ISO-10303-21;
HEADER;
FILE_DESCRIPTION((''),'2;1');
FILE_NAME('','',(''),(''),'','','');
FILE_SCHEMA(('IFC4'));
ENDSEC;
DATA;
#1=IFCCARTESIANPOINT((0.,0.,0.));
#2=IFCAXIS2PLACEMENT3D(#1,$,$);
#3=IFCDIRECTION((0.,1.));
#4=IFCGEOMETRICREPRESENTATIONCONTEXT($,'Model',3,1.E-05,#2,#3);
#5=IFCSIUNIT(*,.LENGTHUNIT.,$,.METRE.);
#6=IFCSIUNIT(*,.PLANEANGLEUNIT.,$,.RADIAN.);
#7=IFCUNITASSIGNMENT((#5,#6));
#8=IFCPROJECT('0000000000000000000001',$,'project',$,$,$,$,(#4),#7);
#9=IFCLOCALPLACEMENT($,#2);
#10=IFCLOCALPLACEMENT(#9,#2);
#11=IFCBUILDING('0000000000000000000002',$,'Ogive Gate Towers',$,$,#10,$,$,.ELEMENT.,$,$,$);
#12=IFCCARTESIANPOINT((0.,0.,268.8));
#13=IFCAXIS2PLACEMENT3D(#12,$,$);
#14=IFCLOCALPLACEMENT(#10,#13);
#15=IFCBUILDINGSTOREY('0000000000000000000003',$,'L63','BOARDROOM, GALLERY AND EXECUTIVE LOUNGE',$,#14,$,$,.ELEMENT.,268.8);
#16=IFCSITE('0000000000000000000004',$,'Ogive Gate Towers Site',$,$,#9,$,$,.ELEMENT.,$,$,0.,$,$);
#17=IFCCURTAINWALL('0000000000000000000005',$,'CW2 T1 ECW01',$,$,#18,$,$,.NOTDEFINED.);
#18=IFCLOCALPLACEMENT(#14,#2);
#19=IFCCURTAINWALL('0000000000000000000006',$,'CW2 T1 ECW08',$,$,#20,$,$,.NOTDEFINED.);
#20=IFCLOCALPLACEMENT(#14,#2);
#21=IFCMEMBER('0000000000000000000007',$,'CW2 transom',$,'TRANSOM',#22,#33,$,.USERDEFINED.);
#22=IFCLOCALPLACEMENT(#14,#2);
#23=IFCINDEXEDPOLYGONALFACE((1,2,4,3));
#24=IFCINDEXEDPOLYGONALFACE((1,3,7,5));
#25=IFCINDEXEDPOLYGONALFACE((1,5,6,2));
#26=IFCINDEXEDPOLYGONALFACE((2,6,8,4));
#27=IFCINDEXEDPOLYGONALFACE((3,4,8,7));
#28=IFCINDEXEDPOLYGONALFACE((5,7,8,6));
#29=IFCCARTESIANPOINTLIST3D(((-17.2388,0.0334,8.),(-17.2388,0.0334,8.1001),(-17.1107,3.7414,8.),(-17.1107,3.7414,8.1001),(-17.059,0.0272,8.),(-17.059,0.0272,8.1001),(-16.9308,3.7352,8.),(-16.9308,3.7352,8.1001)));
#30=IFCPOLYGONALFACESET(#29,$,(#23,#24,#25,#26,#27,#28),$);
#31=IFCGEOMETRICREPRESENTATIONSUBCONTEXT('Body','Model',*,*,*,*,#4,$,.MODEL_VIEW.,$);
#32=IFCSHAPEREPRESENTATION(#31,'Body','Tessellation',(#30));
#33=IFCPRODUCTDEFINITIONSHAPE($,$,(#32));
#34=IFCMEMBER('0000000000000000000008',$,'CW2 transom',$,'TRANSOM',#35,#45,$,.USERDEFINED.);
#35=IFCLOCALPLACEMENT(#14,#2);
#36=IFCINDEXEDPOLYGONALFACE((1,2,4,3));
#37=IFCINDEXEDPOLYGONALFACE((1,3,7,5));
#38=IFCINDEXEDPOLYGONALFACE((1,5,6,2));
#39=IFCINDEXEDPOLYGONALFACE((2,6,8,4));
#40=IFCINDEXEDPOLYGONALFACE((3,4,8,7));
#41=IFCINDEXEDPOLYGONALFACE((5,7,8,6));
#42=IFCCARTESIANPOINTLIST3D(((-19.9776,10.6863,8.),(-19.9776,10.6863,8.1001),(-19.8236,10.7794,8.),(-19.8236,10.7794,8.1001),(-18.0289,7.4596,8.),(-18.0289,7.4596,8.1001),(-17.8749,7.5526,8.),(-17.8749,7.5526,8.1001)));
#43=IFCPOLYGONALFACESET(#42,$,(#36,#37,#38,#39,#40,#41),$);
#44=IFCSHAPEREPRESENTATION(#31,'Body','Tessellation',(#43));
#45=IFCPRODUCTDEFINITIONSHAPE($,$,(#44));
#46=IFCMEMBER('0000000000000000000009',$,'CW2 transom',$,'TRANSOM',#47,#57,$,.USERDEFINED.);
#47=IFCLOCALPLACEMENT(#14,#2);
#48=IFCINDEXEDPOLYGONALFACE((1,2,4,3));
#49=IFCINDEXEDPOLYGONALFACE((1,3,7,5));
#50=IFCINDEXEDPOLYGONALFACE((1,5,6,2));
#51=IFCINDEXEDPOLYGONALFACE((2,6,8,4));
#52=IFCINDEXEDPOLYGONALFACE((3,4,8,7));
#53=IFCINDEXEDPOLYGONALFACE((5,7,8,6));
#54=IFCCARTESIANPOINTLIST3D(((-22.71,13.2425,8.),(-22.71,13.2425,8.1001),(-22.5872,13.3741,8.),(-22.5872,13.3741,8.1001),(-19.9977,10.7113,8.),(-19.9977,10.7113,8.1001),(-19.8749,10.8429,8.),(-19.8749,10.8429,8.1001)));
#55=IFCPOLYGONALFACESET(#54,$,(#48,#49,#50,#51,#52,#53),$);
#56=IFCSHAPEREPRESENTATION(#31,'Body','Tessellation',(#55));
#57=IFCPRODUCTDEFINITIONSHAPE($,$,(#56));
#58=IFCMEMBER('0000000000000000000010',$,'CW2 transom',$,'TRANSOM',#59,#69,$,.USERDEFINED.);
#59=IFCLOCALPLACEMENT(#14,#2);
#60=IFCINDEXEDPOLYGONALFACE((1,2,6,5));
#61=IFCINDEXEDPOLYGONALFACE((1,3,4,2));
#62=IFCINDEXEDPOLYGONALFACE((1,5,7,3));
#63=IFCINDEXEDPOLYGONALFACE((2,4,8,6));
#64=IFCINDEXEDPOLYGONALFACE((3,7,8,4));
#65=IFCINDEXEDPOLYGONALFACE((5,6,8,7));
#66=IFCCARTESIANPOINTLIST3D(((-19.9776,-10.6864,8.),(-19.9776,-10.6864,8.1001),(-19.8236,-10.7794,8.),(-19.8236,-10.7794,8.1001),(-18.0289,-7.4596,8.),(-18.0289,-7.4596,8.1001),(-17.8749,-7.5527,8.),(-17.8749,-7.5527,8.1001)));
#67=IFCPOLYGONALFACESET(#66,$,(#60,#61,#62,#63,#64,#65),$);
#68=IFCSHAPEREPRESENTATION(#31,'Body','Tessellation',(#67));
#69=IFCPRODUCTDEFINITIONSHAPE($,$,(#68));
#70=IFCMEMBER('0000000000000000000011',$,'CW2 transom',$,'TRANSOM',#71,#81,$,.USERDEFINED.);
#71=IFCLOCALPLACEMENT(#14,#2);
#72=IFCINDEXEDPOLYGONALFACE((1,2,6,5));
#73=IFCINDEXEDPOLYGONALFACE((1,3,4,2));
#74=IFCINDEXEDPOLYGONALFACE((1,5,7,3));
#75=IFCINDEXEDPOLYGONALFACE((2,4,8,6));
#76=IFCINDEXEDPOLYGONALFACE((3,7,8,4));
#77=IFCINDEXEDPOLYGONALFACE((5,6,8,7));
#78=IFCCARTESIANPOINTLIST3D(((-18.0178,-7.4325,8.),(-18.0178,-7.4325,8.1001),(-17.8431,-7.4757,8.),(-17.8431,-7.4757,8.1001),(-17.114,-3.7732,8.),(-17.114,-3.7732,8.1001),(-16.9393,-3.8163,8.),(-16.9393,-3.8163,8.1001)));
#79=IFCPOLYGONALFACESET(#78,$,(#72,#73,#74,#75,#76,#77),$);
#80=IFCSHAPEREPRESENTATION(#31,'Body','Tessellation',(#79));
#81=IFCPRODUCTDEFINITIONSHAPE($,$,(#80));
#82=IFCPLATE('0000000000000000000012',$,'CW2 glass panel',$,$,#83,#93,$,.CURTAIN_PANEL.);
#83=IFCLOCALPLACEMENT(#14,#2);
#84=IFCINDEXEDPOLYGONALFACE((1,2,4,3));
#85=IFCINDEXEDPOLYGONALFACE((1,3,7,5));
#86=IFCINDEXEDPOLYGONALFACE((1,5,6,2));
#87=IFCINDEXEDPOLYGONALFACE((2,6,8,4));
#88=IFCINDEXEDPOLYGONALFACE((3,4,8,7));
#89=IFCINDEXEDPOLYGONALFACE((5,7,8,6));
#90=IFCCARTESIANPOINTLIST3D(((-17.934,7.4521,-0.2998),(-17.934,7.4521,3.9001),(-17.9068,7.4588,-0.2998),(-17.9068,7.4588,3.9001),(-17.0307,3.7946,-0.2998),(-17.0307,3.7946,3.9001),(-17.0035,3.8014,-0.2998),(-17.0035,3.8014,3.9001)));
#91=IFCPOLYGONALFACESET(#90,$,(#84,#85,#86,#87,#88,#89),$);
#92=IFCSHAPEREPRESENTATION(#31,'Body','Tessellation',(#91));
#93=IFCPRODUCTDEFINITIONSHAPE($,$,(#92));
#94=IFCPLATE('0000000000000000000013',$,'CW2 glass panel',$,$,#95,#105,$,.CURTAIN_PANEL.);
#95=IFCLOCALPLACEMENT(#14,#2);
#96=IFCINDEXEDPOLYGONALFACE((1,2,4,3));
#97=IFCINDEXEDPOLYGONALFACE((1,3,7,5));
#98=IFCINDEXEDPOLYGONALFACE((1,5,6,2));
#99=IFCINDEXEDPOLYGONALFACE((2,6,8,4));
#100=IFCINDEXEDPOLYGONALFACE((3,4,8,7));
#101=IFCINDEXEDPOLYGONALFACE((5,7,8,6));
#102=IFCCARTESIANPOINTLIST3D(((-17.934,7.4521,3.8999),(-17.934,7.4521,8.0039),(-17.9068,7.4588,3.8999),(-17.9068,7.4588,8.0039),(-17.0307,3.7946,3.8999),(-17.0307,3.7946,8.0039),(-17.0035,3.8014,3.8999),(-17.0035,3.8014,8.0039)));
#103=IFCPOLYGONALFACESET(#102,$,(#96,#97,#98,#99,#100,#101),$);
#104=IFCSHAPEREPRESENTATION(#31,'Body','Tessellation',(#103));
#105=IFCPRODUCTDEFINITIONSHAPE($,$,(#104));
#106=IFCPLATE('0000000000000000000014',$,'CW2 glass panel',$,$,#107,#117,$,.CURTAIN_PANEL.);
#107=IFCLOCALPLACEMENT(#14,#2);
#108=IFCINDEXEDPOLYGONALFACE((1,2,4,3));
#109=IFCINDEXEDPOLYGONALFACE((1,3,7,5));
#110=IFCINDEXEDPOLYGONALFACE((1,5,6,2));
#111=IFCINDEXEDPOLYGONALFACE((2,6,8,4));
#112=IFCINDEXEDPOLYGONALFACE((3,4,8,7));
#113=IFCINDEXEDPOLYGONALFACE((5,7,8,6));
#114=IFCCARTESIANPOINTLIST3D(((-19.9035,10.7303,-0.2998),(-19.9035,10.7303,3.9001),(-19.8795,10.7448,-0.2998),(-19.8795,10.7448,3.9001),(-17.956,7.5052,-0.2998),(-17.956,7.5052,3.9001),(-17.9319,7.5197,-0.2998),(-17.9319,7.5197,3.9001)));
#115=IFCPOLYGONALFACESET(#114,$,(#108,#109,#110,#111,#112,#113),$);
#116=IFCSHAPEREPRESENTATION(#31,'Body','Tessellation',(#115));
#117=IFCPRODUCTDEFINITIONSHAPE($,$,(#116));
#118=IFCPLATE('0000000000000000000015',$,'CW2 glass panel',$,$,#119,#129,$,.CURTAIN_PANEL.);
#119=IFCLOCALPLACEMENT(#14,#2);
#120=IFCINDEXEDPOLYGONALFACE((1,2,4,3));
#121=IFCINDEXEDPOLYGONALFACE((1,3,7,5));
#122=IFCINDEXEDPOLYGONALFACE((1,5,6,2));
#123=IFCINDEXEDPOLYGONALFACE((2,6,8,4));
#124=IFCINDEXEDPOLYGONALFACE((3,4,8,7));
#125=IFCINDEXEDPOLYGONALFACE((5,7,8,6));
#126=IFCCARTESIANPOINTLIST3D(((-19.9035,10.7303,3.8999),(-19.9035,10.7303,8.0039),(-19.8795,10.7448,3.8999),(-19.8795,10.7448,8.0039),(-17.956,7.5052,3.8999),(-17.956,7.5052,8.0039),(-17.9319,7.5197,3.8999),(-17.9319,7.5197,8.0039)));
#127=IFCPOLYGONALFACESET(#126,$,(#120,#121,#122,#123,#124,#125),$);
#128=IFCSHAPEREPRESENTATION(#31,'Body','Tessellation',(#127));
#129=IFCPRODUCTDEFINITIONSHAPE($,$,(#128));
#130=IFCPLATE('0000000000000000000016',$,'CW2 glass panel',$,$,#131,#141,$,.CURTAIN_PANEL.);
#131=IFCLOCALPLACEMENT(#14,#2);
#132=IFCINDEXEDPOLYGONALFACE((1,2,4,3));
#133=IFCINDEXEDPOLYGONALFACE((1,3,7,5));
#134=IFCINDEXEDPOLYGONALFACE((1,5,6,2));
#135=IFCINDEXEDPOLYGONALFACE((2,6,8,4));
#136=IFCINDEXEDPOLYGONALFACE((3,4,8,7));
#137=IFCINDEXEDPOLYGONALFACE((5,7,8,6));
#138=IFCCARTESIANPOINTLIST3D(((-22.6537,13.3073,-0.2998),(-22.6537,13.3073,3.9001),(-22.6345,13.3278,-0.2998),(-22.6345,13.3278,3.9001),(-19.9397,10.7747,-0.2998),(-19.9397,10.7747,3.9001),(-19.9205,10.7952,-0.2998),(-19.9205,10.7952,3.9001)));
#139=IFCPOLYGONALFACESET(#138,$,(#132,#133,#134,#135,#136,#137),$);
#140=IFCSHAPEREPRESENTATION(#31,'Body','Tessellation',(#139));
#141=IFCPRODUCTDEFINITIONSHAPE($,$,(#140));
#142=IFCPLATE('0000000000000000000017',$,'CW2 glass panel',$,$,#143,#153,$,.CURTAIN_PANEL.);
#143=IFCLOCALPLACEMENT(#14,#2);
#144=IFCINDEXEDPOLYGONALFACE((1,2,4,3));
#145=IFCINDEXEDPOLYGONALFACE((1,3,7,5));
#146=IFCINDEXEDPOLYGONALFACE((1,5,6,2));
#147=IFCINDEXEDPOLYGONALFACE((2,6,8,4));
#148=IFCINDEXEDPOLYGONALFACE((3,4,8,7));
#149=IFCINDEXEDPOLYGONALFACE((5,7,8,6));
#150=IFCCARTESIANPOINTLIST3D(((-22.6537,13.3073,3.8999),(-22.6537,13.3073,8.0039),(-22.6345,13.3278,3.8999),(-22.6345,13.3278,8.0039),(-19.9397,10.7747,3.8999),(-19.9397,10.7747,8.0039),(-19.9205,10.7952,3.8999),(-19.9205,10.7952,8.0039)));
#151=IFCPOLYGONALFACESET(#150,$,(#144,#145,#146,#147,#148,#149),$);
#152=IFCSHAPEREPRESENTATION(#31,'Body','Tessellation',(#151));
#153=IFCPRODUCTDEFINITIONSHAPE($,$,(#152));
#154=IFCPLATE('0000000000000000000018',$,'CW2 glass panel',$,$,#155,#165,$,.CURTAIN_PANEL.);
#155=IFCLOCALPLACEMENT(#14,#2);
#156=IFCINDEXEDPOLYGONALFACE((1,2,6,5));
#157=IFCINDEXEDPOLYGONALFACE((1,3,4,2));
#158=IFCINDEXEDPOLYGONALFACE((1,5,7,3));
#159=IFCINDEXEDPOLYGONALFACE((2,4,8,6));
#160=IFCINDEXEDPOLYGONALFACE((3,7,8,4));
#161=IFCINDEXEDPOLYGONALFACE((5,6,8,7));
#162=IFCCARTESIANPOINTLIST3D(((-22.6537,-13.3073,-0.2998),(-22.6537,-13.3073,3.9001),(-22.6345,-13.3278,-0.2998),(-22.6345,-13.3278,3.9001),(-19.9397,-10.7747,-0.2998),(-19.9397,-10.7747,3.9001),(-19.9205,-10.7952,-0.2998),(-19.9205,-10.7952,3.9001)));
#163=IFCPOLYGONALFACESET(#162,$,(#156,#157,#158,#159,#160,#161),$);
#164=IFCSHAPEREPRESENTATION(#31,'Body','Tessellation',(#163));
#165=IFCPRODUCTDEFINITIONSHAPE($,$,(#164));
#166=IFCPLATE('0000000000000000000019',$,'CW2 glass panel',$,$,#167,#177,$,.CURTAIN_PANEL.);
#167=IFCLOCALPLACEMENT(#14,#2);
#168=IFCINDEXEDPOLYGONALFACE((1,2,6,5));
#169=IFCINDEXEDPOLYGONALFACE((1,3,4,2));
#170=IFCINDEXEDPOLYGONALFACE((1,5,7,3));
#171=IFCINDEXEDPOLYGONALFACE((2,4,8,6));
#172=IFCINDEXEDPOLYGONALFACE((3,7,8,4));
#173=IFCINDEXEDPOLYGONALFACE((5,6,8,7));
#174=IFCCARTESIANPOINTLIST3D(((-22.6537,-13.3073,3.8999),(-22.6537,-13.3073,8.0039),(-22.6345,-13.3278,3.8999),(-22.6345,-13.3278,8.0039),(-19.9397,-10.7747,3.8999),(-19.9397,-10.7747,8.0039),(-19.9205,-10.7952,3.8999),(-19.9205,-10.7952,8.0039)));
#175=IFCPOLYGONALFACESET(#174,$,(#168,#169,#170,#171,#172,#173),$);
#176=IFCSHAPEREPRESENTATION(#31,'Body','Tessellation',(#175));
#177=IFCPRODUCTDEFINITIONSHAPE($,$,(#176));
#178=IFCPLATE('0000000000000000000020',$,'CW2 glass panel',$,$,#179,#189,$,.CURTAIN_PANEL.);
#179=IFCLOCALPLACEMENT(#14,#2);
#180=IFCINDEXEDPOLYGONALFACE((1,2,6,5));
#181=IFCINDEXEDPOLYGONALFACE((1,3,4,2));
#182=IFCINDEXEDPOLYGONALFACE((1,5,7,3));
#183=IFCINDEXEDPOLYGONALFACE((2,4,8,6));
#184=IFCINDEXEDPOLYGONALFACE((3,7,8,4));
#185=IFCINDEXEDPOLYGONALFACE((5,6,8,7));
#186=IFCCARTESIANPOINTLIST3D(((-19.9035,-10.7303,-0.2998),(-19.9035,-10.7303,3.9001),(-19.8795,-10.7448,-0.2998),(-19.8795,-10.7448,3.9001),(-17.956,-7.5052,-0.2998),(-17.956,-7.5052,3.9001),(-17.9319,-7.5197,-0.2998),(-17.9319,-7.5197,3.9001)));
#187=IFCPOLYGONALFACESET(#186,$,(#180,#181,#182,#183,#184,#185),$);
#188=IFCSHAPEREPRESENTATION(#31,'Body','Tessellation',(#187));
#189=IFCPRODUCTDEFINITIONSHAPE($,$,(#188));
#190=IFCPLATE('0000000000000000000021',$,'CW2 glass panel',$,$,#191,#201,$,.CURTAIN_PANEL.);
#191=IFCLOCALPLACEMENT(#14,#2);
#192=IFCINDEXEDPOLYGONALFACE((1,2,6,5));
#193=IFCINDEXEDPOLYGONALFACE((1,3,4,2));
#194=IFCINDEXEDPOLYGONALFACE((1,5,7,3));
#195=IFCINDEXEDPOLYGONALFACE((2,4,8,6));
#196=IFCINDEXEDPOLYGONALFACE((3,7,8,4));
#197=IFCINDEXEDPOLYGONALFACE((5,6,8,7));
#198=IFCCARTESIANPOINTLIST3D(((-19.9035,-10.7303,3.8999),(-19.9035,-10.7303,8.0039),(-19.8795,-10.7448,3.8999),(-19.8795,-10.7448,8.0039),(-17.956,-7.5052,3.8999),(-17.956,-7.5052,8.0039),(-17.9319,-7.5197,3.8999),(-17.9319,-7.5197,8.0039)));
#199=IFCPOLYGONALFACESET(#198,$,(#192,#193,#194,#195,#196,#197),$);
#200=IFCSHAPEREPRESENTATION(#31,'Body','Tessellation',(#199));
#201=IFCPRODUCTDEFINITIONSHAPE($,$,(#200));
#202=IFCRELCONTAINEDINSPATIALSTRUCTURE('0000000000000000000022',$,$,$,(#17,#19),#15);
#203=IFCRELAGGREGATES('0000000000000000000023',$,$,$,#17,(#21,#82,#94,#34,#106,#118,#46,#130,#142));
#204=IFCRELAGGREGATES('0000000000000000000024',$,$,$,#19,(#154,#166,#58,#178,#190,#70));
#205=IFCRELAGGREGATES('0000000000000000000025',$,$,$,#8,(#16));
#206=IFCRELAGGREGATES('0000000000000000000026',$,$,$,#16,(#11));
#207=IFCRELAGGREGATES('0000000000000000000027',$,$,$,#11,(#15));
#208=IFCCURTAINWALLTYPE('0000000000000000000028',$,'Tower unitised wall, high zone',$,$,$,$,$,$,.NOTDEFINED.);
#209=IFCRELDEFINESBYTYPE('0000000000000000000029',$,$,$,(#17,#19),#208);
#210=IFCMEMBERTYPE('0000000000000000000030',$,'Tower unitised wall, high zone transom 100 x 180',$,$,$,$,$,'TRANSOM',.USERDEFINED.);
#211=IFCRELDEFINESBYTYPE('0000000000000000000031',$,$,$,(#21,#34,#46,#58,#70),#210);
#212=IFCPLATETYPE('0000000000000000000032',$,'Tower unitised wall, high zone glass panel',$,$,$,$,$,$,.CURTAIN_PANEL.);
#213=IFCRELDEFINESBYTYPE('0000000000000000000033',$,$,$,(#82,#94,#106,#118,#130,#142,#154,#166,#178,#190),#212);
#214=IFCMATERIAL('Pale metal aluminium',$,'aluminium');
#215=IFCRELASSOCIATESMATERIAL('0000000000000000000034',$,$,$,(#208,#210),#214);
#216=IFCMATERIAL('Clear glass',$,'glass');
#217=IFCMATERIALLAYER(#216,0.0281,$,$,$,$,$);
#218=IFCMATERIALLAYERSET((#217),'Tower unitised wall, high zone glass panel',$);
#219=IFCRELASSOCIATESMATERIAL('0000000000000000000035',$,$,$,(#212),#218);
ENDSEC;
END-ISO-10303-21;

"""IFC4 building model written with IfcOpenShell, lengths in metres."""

from ifc_helpers import new_model, si_unit, direction, frame, origin, origin_2d, place, context, subcontext, project, spatial, rectangle, extrude, material, layer, layer_set, material_profile, profile_set, type_object, element, aggregate, save


model = new_model("IFC4")

# Units and contexts
model_context = context("Model", 3, precision=1e-05, world=origin(), true_north=direction((0.0, 1.0)))
body_context = subcontext(model_context, "Body", "Model", "MODEL_VIEW")
ifc_project = project(units=[si_unit("LENGTHUNIT", "METRE"), si_unit("PLANEANGLEUNIT", "RADIAN")], contexts=[model_context])

# Site, building, storey
site_placement = place(None, origin())
site = spatial("IfcSite", under=ifc_project, at=site_placement, Name="Ogive Gate Towers Site", CompositionType="ELEMENT", RefElevation=0.0)
building_placement = place(site_placement, origin())
building = spatial("IfcBuilding", under=site, at=building_placement, Name="Ogive Gate Towers", CompositionType="ELEMENT")
storey_placement = place(building_placement, frame((0.0, 0.0, 268.8)))
storey = spatial("IfcBuildingStorey", under=building, at=storey_placement, Name="L63", Description="BOARDROOM, GALLERY AND EXECUTIVE LOUNGE", CompositionType="ELEMENT", Elevation=268.8)

# Curtain walls
ifc_material_1 = material(Name="Pale metal aluminium", Category="aluminium")
curtain_wall_type = type_object("IfcCurtainWallType", Name="Tower unitised wall, high zone", PredefinedType="NOTDEFINED", material=ifc_material_1)
curtain_wall_1_placement = place(storey_placement, origin())
curtain_wall_1 = element("IfcCurtainWall", 1, at=curtain_wall_1_placement, inside=storey, type_object=curtain_wall_type, Name="CW2 T1 ECW01", PredefinedType="NOTDEFINED")
curtain_wall_2_placement = place(storey_placement, origin())
curtain_wall_2 = element("IfcCurtainWall", 2, at=curtain_wall_2_placement, inside=storey, type_object=curtain_wall_type, Name="CW2 T1 ECW08", PredefinedType="NOTDEFINED")

# Members
ifc_material_profile_1 = material_profile(ifc_material_1, rectangle(XDim=0.1799, YDim=0.1001, at=origin_2d()), Name="100 x 180 aluminium box")
ifc_profile_set_1 = profile_set([ifc_material_profile_1], Name="Pale metal aluminium")
member_type_1 = type_object("IfcMemberType", Name="Tower unitised wall, high zone transom 100 x 180", ElementType="TRANSOM", PredefinedType="USERDEFINED", material=ifc_profile_set_1)
member_1_placement = place(storey_placement, frame((-17.1489, 0.0303, 8.05), z_axis=(0.034546, 0.999403, 0.0), x_axis=(-0.999403, 0.034546, 0.0)))
member_1 = element("IfcMember", 3, at=member_1_placement, type_object=member_type_1, Name="CW2 transom", ObjectType="TRANSOM", PredefinedType="USERDEFINED", context=body_context, shape_type="SweptSolid", body=[
    extrude(rectangle(XDim=0.1799, YDim=0.1001, at=origin_2d()), origin(), (0.0, 0.0, 1.0), 3.7102),
])
member_2_placement = place(storey_placement, frame((-17.9519, 7.5061, 8.05), z_axis=(-0.51696, 0.856009, 0.0), x_axis=(-0.856009, -0.51696, 0.0)))
member_2 = element("IfcMember", 4, at=member_2_placement, type_object=member_type_1, Name="CW2 transom", ObjectType="TRANSOM", PredefinedType="USERDEFINED", context=body_context, shape_type="SweptSolid", body=[
    extrude(rectangle(XDim=0.1799, YDim=0.1001, at=origin_2d()), origin(), (0.0, 0.0, 1.0), 3.7695),
])
member_3_placement = place(storey_placement, frame((-19.9363, 10.7771, 8.05), z_axis=(-0.731099, 0.682271, 0.0), x_axis=(-0.682271, -0.731099, 0.0)))
member_3 = element("IfcMember", 5, at=member_3_placement, type_object=member_type_1, Name="CW2 transom", ObjectType="TRANSOM", PredefinedType="USERDEFINED", context=body_context, shape_type="SweptSolid", body=[
    extrude(rectangle(XDim=0.1799, YDim=0.1001, at=origin_2d()), origin(), (0.0, 0.0, 1.0), 3.71),
])
member_4_placement = place(storey_placement, frame((-19.9006, -10.7329, 8.05), z_axis=(0.51696, 0.856009, 0.0), x_axis=(-0.856009, 0.51696, 0.0)))
member_4 = element("IfcMember", 6, at=member_4_placement, type_object=member_type_1, Name="CW2 transom", ObjectType="TRANSOM", PredefinedType="USERDEFINED", context=body_context, shape_type="SweptSolid", body=[
    extrude(rectangle(XDim=0.1799, YDim=0.1001, at=origin_2d()), origin(), (0.0, 0.0, 1.0), 3.7695),
])
member_5_placement = place(storey_placement, frame((-17.9304, -7.4541, 8.05), z_axis=(0.239776, 0.970828, 0.0), x_axis=(-0.970828, 0.239776, 0.0)))
member_5 = element("IfcMember", 7, at=member_5_placement, type_object=member_type_1, Name="CW2 transom", ObjectType="TRANSOM", PredefinedType="USERDEFINED", context=body_context, shape_type="SweptSolid", body=[
    extrude(rectangle(XDim=0.1799, YDim=0.1001, at=origin_2d()), origin(), (0.0, 0.0, 1.0), 3.7693),
])

# Plates
ifc_material_2 = material(Name="Clear glass", Category="glass")
ifc_layer_1 = layer(ifc_material_2, 0.0281)
ifc_layer_set_1 = layer_set([ifc_layer_1], Name="Tower unitised wall, high zone glass panel")
plate_type = type_object("IfcPlateType", Name="Tower unitised wall, high zone glass panel", PredefinedType="CURTAIN_PANEL", material=ifc_layer_set_1)
plate_1_placement = place(storey_placement, frame((-17.4688, 5.6267, -0.2998), z_axis=(0.0, 0.0, 1.0), x_axis=(-0.239771, 0.97083, 0.0)))
plate_1 = element("IfcPlate", 8, at=plate_1_placement, type_object=plate_type, Name="CW2 glass panel", PredefinedType="CURTAIN_PANEL", context=body_context, shape_type="SweptSolid", body=[
    extrude(rectangle(XDim=3.7673, YDim=0.0281, at=origin_2d()), origin(), (0.0, 0.0, 1.0), 4.2),
])
plate_2_placement = place(storey_placement, frame((-17.4688, 5.6267, 3.8999), z_axis=(0.0, 0.0, 1.0), x_axis=(-0.239771, 0.97083, 0.0)))
plate_2 = element("IfcPlate", 9, at=plate_2_placement, type_object=plate_type, Name="CW2 glass panel", PredefinedType="CURTAIN_PANEL", context=body_context, shape_type="SweptSolid", body=[
    extrude(rectangle(XDim=3.7673, YDim=0.0281, at=origin_2d()), origin(), (0.0, 0.0, 1.0), 4.104),
])
plate_3_placement = place(storey_placement, frame((-18.9177, 9.125, -0.2998), z_axis=(0.0, 0.0, 1.0), x_axis=(-0.516922, 0.856033, 0.0)))
plate_3 = element("IfcPlate", 10, at=plate_3_placement, type_object=plate_type, Name="CW2 glass panel", PredefinedType="CURTAIN_PANEL", context=body_context, shape_type="SweptSolid", body=[
    extrude(rectangle(XDim=3.7676, YDim=0.0281, at=origin_2d()), origin(), (0.0, 0.0, 1.0), 4.2),
])
plate_4_placement = place(storey_placement, frame((-18.9177, 9.125, 3.8999), z_axis=(0.0, 0.0, 1.0), x_axis=(-0.516922, 0.856033, 0.0)))
plate_4 = element("IfcPlate", 11, at=plate_4_placement, type_object=plate_type, Name="CW2 glass panel", PredefinedType="CURTAIN_PANEL", context=body_context, shape_type="SweptSolid", body=[
    extrude(rectangle(XDim=3.7676, YDim=0.0281, at=origin_2d()), origin(), (0.0, 0.0, 1.0), 4.104),
])
plate_5_placement = place(storey_placement, frame((-21.2871, 12.0513, -0.2998), z_axis=(0.0, 0.0, 1.0), x_axis=(-0.731116, 0.682254, 0.0)))
plate_5 = element("IfcPlate", 12, at=plate_5_placement, type_object=plate_type, Name="CW2 glass panel", PredefinedType="CURTAIN_PANEL", context=body_context, shape_type="SweptSolid", body=[
    extrude(rectangle(XDim=3.7122, YDim=0.0281, at=origin_2d()), origin(), (0.0, 0.0, 1.0), 4.2),
])
plate_6_placement = place(storey_placement, frame((-21.2871, 12.0513, 3.8999), z_axis=(0.0, 0.0, 1.0), x_axis=(-0.731116, 0.682254, 0.0)))
plate_6 = element("IfcPlate", 13, at=plate_6_placement, type_object=plate_type, Name="CW2 glass panel", PredefinedType="CURTAIN_PANEL", context=body_context, shape_type="SweptSolid", body=[
    extrude(rectangle(XDim=3.7122, YDim=0.0281, at=origin_2d()), origin(), (0.0, 0.0, 1.0), 4.104),
])
aggregate(curtain_wall_1, [member_1, plate_1, plate_2, member_2, plate_3, plate_4, member_3, plate_5, plate_6])
plate_7_placement = place(storey_placement, frame((-21.2871, -12.0513, -0.2998), z_axis=(0.0, 0.0, 1.0), x_axis=(0.731116, 0.682254, 0.0)))
plate_7 = element("IfcPlate", 14, at=plate_7_placement, type_object=plate_type, Name="CW2 glass panel", PredefinedType="CURTAIN_PANEL", context=body_context, shape_type="SweptSolid", body=[
    extrude(rectangle(XDim=3.7122, YDim=0.0281, at=origin_2d()), origin(), (0.0, 0.0, 1.0), 4.2),
])
plate_8_placement = place(storey_placement, frame((-21.2871, -12.0513, 3.8999), z_axis=(0.0, 0.0, 1.0), x_axis=(0.731116, 0.682254, 0.0)))
plate_8 = element("IfcPlate", 15, at=plate_8_placement, type_object=plate_type, Name="CW2 glass panel", PredefinedType="CURTAIN_PANEL", context=body_context, shape_type="SweptSolid", body=[
    extrude(rectangle(XDim=3.7122, YDim=0.0281, at=origin_2d()), origin(), (0.0, 0.0, 1.0), 4.104),
])
plate_9_placement = place(storey_placement, frame((-18.9177, -9.125, -0.2998), z_axis=(0.0, 0.0, 1.0), x_axis=(0.516922, 0.856033, 0.0)))
plate_9 = element("IfcPlate", 16, at=plate_9_placement, type_object=plate_type, Name="CW2 glass panel", PredefinedType="CURTAIN_PANEL", context=body_context, shape_type="SweptSolid", body=[
    extrude(rectangle(XDim=3.7676, YDim=0.0281, at=origin_2d()), origin(), (0.0, 0.0, 1.0), 4.2),
])
plate_10_placement = place(storey_placement, frame((-18.9177, -9.125, 3.8999), z_axis=(0.0, 0.0, 1.0), x_axis=(0.516922, 0.856033, 0.0)))
plate_10 = element("IfcPlate", 17, at=plate_10_placement, type_object=plate_type, Name="CW2 glass panel", PredefinedType="CURTAIN_PANEL", context=body_context, shape_type="SweptSolid", body=[
    extrude(rectangle(XDim=3.7676, YDim=0.0281, at=origin_2d()), origin(), (0.0, 0.0, 1.0), 4.104),
])
aggregate(curtain_wall_2, [plate_7, plate_8, member_4, plate_9, plate_10, member_5])

save(model, "model.ifc")
